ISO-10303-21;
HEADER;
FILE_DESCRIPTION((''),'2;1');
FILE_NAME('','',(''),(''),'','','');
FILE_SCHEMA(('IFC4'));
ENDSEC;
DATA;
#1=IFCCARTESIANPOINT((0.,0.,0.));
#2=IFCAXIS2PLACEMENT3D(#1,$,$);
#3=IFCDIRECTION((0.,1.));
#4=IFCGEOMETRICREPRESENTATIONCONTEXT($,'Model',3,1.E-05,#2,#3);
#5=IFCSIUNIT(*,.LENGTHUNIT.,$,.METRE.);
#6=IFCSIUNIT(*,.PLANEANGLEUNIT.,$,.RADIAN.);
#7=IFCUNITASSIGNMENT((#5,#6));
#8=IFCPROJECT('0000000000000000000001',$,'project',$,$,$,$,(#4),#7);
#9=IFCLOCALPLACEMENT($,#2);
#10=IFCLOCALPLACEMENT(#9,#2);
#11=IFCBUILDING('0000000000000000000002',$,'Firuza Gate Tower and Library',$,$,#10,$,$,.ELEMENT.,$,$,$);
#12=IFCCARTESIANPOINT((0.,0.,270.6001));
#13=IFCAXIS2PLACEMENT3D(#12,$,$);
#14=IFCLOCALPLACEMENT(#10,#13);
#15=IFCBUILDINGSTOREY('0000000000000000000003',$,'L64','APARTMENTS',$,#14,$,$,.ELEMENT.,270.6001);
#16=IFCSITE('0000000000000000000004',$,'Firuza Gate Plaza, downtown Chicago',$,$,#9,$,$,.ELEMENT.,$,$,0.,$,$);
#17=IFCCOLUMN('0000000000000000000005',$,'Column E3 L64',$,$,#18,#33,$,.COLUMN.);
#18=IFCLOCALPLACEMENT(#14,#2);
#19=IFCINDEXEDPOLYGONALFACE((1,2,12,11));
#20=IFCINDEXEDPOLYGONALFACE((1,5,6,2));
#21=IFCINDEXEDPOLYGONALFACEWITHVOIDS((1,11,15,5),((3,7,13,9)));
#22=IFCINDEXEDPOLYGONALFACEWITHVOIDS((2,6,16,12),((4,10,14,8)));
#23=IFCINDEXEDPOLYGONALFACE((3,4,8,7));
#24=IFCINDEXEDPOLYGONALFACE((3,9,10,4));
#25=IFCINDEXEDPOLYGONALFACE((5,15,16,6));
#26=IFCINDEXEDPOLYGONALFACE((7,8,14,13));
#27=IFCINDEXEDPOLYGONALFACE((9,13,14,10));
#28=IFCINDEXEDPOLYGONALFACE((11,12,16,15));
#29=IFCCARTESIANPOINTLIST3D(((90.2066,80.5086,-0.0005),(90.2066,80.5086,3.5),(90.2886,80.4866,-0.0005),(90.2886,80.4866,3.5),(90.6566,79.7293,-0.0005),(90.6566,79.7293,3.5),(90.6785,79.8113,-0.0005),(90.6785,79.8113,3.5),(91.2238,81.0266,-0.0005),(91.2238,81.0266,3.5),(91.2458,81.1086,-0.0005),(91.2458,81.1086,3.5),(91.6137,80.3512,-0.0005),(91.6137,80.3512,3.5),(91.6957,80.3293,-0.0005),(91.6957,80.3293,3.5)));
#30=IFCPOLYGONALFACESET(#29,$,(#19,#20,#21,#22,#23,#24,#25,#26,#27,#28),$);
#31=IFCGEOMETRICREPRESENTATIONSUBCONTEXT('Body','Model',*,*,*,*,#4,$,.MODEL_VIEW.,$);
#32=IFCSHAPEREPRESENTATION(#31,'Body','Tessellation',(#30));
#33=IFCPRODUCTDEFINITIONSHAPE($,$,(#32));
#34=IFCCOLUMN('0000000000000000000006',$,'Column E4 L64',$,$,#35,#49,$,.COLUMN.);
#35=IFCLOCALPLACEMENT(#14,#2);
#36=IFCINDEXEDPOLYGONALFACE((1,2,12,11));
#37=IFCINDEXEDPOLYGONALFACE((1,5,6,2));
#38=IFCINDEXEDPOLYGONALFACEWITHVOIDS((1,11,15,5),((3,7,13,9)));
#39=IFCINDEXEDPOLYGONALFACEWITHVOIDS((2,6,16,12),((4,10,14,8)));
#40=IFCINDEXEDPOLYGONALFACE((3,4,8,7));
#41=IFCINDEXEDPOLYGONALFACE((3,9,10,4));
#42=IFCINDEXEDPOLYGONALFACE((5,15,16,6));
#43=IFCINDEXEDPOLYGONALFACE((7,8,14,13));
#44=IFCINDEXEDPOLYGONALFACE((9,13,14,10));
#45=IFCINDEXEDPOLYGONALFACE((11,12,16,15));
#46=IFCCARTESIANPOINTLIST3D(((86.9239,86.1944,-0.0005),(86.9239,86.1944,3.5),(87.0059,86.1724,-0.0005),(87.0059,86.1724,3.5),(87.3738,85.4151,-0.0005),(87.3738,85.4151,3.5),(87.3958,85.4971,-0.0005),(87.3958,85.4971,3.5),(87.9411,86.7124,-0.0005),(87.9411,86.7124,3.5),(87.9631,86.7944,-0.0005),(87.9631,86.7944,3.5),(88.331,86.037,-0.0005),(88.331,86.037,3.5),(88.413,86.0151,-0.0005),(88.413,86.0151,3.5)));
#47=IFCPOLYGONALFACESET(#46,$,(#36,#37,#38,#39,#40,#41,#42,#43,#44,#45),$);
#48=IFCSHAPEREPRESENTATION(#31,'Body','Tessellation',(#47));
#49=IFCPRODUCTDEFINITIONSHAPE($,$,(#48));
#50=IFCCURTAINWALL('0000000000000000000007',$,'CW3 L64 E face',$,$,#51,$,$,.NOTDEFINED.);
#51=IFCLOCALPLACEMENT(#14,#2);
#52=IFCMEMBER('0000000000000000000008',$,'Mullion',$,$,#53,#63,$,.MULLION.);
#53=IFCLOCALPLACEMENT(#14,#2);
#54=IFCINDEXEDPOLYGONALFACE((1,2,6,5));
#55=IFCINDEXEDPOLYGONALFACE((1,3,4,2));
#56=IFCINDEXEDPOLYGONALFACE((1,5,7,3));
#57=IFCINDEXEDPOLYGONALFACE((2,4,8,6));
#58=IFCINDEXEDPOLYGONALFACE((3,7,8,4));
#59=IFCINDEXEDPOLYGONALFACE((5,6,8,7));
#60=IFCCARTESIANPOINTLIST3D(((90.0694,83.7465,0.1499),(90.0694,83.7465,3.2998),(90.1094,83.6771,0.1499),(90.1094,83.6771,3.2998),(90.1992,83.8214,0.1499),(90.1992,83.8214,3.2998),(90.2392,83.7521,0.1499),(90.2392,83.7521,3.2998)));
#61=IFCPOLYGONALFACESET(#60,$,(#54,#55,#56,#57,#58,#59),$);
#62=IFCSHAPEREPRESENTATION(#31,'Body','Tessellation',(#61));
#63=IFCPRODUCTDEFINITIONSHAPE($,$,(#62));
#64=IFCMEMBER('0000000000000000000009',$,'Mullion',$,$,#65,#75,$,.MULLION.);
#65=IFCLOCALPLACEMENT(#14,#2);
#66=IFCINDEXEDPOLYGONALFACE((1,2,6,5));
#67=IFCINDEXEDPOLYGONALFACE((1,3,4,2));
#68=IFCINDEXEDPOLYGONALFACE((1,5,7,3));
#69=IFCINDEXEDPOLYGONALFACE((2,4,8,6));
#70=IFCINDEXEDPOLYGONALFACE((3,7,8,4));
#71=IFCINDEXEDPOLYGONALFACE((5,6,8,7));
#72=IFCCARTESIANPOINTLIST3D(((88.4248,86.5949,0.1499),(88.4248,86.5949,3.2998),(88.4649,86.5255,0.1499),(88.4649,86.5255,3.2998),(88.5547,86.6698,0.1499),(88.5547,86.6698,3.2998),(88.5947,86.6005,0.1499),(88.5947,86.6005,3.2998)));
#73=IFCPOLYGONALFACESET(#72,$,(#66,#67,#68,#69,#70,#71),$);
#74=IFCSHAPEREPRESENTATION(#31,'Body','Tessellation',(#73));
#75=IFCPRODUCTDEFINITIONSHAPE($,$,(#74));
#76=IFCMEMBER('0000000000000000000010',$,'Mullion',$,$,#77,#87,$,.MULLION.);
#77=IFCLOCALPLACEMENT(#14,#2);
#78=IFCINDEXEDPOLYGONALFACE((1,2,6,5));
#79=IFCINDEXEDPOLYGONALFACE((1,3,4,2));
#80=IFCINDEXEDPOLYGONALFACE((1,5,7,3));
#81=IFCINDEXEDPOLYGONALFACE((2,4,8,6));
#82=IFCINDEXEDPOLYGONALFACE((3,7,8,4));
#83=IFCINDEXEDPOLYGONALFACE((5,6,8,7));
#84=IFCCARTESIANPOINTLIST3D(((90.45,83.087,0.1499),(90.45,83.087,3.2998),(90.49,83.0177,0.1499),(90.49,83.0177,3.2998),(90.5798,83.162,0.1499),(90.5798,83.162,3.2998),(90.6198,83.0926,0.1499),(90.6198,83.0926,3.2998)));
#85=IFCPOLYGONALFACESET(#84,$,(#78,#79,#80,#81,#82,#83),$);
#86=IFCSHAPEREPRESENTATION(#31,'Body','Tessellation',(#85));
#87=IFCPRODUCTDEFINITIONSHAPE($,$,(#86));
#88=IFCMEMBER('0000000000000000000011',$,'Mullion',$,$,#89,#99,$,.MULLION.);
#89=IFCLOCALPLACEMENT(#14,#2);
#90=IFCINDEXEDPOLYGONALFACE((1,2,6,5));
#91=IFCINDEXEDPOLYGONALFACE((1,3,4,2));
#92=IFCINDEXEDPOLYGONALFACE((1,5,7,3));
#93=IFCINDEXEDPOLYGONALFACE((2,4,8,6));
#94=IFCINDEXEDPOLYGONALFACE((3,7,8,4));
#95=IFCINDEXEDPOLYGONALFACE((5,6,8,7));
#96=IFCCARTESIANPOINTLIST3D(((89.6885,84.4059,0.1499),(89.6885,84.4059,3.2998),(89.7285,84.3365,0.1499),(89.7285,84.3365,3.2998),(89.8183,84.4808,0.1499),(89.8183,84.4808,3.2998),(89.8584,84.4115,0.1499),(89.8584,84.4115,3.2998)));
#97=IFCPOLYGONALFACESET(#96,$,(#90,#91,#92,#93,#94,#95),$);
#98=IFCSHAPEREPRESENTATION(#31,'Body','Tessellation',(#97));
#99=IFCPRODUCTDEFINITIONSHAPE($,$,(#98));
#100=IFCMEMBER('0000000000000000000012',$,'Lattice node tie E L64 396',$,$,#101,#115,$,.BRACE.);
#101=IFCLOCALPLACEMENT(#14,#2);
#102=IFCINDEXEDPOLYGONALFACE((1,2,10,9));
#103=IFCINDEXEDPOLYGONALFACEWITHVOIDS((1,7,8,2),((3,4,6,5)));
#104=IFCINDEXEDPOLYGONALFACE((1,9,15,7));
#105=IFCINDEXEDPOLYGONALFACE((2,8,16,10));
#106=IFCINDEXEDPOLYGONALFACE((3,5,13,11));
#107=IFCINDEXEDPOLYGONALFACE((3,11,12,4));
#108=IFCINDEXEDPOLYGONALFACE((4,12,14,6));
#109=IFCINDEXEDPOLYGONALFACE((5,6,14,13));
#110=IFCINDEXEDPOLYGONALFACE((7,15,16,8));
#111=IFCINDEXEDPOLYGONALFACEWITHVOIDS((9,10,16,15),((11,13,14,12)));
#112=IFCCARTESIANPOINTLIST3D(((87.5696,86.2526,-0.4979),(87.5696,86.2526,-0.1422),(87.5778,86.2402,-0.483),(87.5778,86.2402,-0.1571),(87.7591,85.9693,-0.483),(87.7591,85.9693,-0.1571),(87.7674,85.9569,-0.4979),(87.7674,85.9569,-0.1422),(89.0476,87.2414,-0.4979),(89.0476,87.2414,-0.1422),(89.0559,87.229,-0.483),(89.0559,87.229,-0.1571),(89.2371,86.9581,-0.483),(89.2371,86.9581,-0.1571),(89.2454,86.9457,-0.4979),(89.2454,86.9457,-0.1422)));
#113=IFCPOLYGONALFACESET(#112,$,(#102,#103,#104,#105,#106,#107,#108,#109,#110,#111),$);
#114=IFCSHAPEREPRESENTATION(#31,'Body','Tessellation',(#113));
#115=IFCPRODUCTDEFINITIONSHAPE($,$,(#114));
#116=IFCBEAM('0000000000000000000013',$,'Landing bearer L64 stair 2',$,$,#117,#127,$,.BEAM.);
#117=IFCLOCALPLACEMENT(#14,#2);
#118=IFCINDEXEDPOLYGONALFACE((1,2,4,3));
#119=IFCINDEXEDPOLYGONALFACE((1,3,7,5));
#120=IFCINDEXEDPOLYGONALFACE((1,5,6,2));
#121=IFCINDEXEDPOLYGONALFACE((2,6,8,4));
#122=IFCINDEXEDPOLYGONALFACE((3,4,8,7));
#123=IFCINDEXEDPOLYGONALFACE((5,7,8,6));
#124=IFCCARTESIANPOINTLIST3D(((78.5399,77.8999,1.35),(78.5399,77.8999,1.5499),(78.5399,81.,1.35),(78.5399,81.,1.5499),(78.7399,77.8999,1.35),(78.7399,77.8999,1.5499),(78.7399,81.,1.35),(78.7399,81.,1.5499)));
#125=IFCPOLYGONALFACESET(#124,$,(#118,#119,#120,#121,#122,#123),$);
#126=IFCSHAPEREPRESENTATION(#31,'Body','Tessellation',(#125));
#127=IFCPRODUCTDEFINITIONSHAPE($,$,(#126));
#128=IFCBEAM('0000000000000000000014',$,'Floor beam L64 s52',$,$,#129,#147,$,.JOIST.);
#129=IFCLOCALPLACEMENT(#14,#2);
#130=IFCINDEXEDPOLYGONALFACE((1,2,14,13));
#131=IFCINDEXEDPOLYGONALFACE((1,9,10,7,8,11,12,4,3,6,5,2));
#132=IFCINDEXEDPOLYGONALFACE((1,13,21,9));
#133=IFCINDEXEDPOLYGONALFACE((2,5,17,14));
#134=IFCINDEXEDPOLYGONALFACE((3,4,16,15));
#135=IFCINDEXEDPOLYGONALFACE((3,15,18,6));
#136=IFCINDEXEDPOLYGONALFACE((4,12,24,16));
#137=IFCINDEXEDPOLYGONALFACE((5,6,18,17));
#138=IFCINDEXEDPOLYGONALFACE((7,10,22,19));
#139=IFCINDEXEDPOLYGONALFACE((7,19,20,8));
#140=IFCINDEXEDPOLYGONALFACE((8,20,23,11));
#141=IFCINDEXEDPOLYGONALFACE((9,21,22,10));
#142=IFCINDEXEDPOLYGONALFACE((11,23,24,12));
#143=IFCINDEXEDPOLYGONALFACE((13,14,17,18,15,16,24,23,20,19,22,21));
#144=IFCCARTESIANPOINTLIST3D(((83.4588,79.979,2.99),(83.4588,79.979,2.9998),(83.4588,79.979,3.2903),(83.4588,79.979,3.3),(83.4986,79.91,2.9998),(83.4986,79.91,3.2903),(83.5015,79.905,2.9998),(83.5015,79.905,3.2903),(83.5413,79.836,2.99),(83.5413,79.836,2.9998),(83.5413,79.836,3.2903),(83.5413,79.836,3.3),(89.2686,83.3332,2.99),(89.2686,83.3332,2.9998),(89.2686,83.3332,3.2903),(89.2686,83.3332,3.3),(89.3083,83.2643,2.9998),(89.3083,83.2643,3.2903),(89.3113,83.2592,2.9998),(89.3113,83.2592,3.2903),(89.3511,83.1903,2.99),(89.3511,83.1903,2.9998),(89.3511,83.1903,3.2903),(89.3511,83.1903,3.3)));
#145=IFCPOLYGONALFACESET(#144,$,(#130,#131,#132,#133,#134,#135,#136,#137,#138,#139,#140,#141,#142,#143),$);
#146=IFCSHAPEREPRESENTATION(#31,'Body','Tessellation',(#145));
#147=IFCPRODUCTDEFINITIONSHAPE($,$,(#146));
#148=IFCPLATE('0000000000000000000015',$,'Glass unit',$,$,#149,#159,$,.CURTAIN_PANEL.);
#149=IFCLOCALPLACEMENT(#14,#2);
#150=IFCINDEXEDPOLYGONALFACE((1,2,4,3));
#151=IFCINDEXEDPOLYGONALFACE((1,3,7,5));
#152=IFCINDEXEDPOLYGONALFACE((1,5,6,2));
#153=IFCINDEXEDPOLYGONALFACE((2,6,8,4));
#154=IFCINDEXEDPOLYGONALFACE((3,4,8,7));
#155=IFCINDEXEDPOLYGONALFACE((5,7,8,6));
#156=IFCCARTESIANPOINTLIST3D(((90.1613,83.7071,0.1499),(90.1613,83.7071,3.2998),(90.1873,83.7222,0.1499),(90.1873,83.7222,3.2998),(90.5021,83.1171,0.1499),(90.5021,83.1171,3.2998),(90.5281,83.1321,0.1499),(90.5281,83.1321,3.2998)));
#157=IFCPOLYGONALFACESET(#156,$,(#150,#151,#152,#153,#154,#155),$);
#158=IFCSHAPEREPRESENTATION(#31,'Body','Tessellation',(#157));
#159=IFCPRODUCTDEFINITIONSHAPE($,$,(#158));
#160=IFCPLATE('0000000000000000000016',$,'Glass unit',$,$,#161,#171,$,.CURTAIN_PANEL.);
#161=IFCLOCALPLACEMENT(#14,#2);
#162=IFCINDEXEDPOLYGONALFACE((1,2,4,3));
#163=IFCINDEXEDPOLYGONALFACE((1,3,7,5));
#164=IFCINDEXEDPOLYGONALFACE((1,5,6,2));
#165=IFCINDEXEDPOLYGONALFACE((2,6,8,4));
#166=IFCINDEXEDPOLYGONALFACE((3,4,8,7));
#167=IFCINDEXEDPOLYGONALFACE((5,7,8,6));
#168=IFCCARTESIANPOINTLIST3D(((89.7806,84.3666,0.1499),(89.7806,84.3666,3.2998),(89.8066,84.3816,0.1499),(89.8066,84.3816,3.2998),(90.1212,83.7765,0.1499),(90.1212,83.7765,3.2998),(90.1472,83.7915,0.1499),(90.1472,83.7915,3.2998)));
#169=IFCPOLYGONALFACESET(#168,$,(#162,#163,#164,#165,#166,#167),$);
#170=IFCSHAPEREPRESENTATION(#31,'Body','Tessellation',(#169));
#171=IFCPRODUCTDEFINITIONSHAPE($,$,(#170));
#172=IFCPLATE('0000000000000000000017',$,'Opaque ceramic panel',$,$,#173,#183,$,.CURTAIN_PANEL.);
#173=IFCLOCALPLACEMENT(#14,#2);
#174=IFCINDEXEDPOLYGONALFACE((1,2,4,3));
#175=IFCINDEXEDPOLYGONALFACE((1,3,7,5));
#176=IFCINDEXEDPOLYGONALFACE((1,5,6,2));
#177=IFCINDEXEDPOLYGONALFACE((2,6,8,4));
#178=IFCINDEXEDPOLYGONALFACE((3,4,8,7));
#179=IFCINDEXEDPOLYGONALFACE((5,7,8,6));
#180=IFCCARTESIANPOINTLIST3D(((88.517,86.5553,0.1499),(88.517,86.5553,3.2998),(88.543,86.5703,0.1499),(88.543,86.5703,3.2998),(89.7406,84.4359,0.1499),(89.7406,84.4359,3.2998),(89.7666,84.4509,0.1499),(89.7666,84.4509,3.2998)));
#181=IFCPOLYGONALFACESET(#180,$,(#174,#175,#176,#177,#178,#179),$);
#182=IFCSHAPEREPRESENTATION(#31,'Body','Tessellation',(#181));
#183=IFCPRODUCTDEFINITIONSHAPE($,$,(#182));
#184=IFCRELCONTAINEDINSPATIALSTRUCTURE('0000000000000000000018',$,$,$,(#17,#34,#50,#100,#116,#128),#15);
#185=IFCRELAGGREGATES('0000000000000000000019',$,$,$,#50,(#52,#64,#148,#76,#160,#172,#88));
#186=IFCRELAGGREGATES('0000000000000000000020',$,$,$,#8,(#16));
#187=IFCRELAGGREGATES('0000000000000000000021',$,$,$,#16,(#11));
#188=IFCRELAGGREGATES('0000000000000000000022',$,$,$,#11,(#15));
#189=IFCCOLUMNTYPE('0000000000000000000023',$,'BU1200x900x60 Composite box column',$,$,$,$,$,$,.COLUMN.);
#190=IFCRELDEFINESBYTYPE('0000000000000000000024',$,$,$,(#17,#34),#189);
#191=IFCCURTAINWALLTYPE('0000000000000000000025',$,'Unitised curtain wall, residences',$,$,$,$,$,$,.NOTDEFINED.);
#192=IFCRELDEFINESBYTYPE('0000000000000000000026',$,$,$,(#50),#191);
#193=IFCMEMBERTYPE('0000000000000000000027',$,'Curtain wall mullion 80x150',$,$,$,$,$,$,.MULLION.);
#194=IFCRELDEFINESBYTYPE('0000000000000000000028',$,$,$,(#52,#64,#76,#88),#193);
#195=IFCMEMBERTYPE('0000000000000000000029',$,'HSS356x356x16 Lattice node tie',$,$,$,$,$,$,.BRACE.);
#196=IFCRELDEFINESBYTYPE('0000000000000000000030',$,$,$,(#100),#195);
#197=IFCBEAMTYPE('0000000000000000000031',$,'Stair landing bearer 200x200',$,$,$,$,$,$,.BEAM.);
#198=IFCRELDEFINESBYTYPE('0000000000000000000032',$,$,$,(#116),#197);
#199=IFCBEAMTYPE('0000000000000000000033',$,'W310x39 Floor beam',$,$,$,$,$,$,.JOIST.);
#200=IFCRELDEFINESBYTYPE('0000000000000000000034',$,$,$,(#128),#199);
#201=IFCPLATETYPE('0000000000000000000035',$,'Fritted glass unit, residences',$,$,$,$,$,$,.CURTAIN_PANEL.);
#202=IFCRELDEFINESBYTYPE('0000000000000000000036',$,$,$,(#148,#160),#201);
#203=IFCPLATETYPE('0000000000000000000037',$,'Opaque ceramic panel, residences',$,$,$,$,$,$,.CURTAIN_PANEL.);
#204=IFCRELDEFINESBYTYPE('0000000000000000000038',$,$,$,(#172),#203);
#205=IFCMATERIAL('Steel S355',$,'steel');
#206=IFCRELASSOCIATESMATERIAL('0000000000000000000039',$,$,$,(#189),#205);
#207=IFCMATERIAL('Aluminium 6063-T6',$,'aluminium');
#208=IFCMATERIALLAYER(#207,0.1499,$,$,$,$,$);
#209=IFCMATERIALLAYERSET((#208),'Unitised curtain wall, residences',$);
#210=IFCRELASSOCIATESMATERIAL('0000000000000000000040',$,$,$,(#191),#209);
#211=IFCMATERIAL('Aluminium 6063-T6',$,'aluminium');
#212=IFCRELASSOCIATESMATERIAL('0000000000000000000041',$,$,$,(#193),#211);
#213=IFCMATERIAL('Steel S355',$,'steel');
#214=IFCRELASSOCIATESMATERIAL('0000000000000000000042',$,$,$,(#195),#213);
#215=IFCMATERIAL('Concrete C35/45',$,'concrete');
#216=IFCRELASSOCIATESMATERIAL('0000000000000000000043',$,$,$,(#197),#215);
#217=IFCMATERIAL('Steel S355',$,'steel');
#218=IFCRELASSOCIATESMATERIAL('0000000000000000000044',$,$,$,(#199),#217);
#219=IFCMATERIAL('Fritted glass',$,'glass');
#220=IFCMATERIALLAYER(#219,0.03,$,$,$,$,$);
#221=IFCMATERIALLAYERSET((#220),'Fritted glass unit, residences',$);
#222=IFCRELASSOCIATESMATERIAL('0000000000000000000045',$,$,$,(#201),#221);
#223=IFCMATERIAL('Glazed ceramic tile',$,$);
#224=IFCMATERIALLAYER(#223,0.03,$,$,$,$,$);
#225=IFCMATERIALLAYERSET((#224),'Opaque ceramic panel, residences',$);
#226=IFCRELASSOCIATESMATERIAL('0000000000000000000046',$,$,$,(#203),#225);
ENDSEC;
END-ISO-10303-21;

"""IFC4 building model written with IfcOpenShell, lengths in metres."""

from ifc_helpers import new_model, si_unit, direction, frame, origin, origin_2d, place, context, subcontext, project, spatial, polyline, rectangle, hollow_rectangle, i_section, outline, extrude, material, layer, layer_set, material_profile, profile_set, type_object, element, aggregate, save


model = new_model("IFC4")

# Units and contexts
model_context = context("Model", 3, precision=1e-05, world=origin(), true_north=direction((0.0, 1.0)))
body_context = subcontext(model_context, "Body", "Model", "MODEL_VIEW")
ifc_project = project(units=[si_unit("LENGTHUNIT", "METRE"), si_unit("PLANEANGLEUNIT", "RADIAN")], contexts=[model_context])

# Site, building, storey
site_placement = place(None, origin())
site = spatial("IfcSite", under=ifc_project, at=site_placement, Name="Firuza Gate Plaza, downtown Chicago", CompositionType="ELEMENT", RefElevation=0.0)
building_placement = place(site_placement, origin())
building = spatial("IfcBuilding", under=site, at=building_placement, Name="Firuza Gate Tower and Library", CompositionType="ELEMENT")
storey_placement = place(building_placement, frame((0.0, 0.0, 270.6001)))
storey = spatial("IfcBuildingStorey", under=building, at=storey_placement, Name="L64", Description="APARTMENTS", CompositionType="ELEMENT", Elevation=270.6001)

# Columns
ifc_material_1 = material(Name="Steel S355", Category="steel")
ifc_material_profile_1 = material_profile(ifc_material_1, hollow_rectangle(XDim=0.8999, YDim=1.2, WallThickness=0.0601, at=origin_2d()))
ifc_profile_set_1 = profile_set([ifc_material_profile_1], Name="Steel S355")
column_type = type_object("IfcColumnType", Name="BU1200x900x60 Composite box column", PredefinedType="COLUMN", material=ifc_profile_set_1)
for number, where, z_axis, x_axis, name in (
    (1, (90.9512, 80.4189, -0.0005), (0.0, 0.0, 1.0), (-0.5, 0.866025, 0.0), "Column E3 L64"),
    (2, (87.6685, 86.1047, -0.0005), (0.0, 0.0, 1.0), (-0.5, 0.866025, 0.0), "Column E4 L64"),
):
    element("IfcColumn", number, at=place(storey_placement, frame(where, z_axis=z_axis, x_axis=x_axis)), inside=storey, type_object=column_type, Name=name, PredefinedType="COLUMN", context=body_context, shape_type="SweptSolid", body=[
        extrude(hollow_rectangle(XDim=0.8999, YDim=1.2, WallThickness=0.0601, at=origin_2d()), origin(), (0.0, 0.0, 1.0), 3.5005),
    ])

# Curtain wall, members
ifc_material_2 = material(Name="Aluminium 6063-T6", Category="aluminium")
ifc_layer_1 = layer(ifc_material_2, 0.1499)
ifc_layer_set_1 = layer_set([ifc_layer_1], Name="Unitised curtain wall, residences")
curtain_wall_type = type_object("IfcCurtainWallType", Name="Unitised curtain wall, residences", PredefinedType="NOTDEFINED", material=ifc_layer_set_1)
placement = place(storey_placement, origin())
curtain_wall = element("IfcCurtainWall", 3, at=placement, inside=storey, type_object=curtain_wall_type, Name="CW3 L64 E face", PredefinedType="NOTDEFINED")
ifc_material_3 = material(Name="Aluminium 6063-T6", Category="aluminium")
ifc_material_profile_2 = material_profile(ifc_material_3, rectangle(XDim=0.1499, YDim=0.0801, at=origin_2d()))
ifc_profile_set_2 = profile_set([ifc_material_profile_2], Name="Aluminium 6063-T6")
member_type_1 = type_object("IfcMemberType", Name="Curtain wall mullion 80x150", PredefinedType="MULLION", material=ifc_profile_set_2)
member_1_placement = place(storey_placement, frame((90.1543, 83.7493, 0.1499), z_axis=(0.0, 0.0, 1.0), x_axis=(-0.866025, -0.5, 0.0)))
member_1 = element("IfcMember", 4, at=member_1_placement, type_object=member_type_1, Name="Mullion", PredefinedType="MULLION", context=body_context, shape_type="SweptSolid", body=[
    extrude(rectangle(XDim=0.1499, YDim=0.0801, at=origin_2d()), origin(), (0.0, 0.0, 1.0), 3.1499),
])
member_2_placement = place(storey_placement, frame((88.5098, 86.5977, 0.1499), z_axis=(0.0, 0.0, 1.0), x_axis=(-0.866025, -0.5, 0.0)))
member_2 = element("IfcMember", 5, at=member_2_placement, type_object=member_type_1, Name="Mullion", PredefinedType="MULLION", context=body_context, shape_type="SweptSolid", body=[
    extrude(rectangle(XDim=0.1499, YDim=0.0801, at=origin_2d()), origin(), (0.0, 0.0, 1.0), 3.1499),
])
member_3_placement = place(storey_placement, frame((90.5349, 83.0898, 0.1499), z_axis=(0.0, 0.0, 1.0), x_axis=(-0.866025, -0.5, 0.0)))
member_3 = element("IfcMember", 6, at=member_3_placement, type_object=member_type_1, Name="Mullion", PredefinedType="MULLION", context=body_context, shape_type="SweptSolid", body=[
    extrude(rectangle(XDim=0.1499, YDim=0.0801, at=origin_2d()), origin(), (0.0, 0.0, 1.0), 3.1499),
])
member_4_placement = place(storey_placement, frame((89.7734, 84.4087, 0.1499), z_axis=(0.0, 0.0, 1.0), x_axis=(-0.866025, -0.5, 0.0)))
member_4 = element("IfcMember", 7, at=member_4_placement, type_object=member_type_1, Name="Mullion", PredefinedType="MULLION", context=body_context, shape_type="SweptSolid", body=[
    extrude(rectangle(XDim=0.1499, YDim=0.0801, at=origin_2d()), origin(), (0.0, 0.0, 1.0), 3.1499),
])

# Member
ifc_material_4 = material(Name="Steel S355", Category="steel")
ifc_material_profile_3 = material_profile(ifc_material_4, hollow_rectangle(XDim=0.3557, YDim=0.3557, WallThickness=0.0149, at=origin_2d()))
ifc_profile_set_3 = profile_set([ifc_material_profile_3], Name="Steel S355")
member_type_2 = type_object("IfcMemberType", Name="HSS356x356x16 Lattice node tie", PredefinedType="BRACE", material=ifc_profile_set_3)
member_5_placement = place(storey_placement, frame((87.6685, 86.1047, -0.3201), z_axis=(0.831162, 0.55603, 0.0), x_axis=(-0.55603, 0.831162, 0.0)))
element("IfcMember", 8, at=member_5_placement, inside=storey, type_object=member_type_2, Name="Lattice node tie E L64 396", PredefinedType="BRACE", context=body_context, shape_type="SweptSolid", body=[
    extrude(hollow_rectangle(XDim=0.3557, YDim=0.3557, WallThickness=0.0149, at=origin_2d()), origin(), (0.0, 0.0, 1.0), 1.7783),
])

# Beams
ifc_material_5 = material(Name="Concrete C35/45", Category="concrete")
ifc_material_profile_4 = material_profile(ifc_material_5, rectangle(XDim=0.2, YDim=0.2, at=origin_2d()))
ifc_profile_set_4 = profile_set([ifc_material_profile_4], Name="Concrete C35/45")
beam_type_1 = type_object("IfcBeamType", Name="Stair landing bearer 200x200", PredefinedType="BEAM", material=ifc_profile_set_4)
beam_1_placement = place(storey_placement, frame((78.6399, 81.0, 1.45), z_axis=(0.0, -1.0, 0.0), x_axis=(1.0, 0.0, 0.0)))
element("IfcBeam", 9, at=beam_1_placement, inside=storey, type_object=beam_type_1, Name="Landing bearer L64 stair 2", PredefinedType="BEAM", context=body_context, shape_type="SweptSolid", body=[
    extrude(rectangle(XDim=0.2, YDim=0.2, at=origin_2d()), origin(), (0.0, 0.0, 1.0), 3.1001),
])
ifc_material_6 = material(Name="Steel S355", Category="steel")
ifc_material_profile_5 = material_profile(ifc_material_6, i_section(OverallWidth=0.165, OverallDepth=0.3101, WebThickness=0.0059, FlangeThickness=0.0098, at=origin_2d()))
ifc_profile_set_5 = profile_set([ifc_material_profile_5], Name="Steel S355")
beam_type_2 = type_object("IfcBeamType", Name="W310x39 Floor beam", PredefinedType="JOIST", material=ifc_profile_set_5)
beam_2_placement = place(storey_placement, frame((89.3098, 83.2617, 3.145), z_axis=(-0.866029, -0.499994, 0.0), x_axis=(0.499994, -0.866029, 0.0)))
element("IfcBeam", 10, at=beam_2_placement, inside=storey, type_object=beam_type_2, Name="Floor beam L64 s52", PredefinedType="JOIST", context=body_context, shape_type="SweptSolid", body=[
    extrude(i_section(OverallWidth=0.165, OverallDepth=0.3101, WebThickness=0.0059, FlangeThickness=0.0098, at=origin_2d()), origin(), (0.0, 0.0, 1.0), 6.7085),
])

# Plates
ifc_material_7 = material(Name="Fritted glass", Category="glass")
ifc_layer_2 = layer(ifc_material_7, 0.03)
ifc_layer_set_2 = layer_set([ifc_layer_2], Name="Fritted glass unit, residences")
plate_type_1 = type_object("IfcPlateType", Name="Fritted glass unit, residences", PredefinedType="CURTAIN_PANEL", material=ifc_layer_set_2)
plate_1_placement = place(storey_placement, frame((90.5281, 83.1321, 0.1499), z_axis=(0.865941, 0.500146, 0.0), x_axis=(-0.500146, 0.865941, 0.0)))
plate_1 = element("IfcPlate", 11, at=plate_1_placement, type_object=plate_type_1, Name="Glass unit", PredefinedType="CURTAIN_PANEL", context=body_context, shape_type="SweptSolid", body=[
    extrude(outline(polyline([(0.0, 0.0), (0.6814, 0.0), (0.6814, 3.1499), (0.0, 3.1499), (0.0, 0.0)])), origin(), (0.0, 0.0, -1.0), 0.03),
])
plate_2_placement = place(storey_placement, frame((90.1472, 83.7915, 0.1499), z_axis=(0.866096, 0.499878, 0.0), x_axis=(-0.499878, 0.866096, 0.0)))
plate_2 = element("IfcPlate", 12, at=plate_2_placement, type_object=plate_type_1, Name="Glass unit", PredefinedType="CURTAIN_PANEL", context=body_context, shape_type="SweptSolid", body=[
    extrude(outline(polyline([(0.0, 0.0), (0.6813, 0.0), (0.6813, 3.1499), (0.0, 3.1499), (0.0, 0.0)])), origin(), (0.0, 0.0, -1.0), 0.03),
])
ifc_material_8 = material(Name="Glazed ceramic tile")
ifc_layer_3 = layer(ifc_material_8, 0.03)
ifc_layer_set_3 = layer_set([ifc_layer_3], Name="Opaque ceramic panel, residences")
plate_type_2 = type_object("IfcPlateType", Name="Opaque ceramic panel, residences", PredefinedType="CURTAIN_PANEL", material=ifc_layer_set_3)
plate_3_placement = place(storey_placement, frame((89.7666, 84.4509, 0.1499), z_axis=(0.866024, 0.500002, 0.0), x_axis=(-0.500002, 0.866024, 0.0)))
plate_3 = element("IfcPlate", 13, at=plate_3_placement, type_object=plate_type_2, Name="Opaque ceramic panel", PredefinedType="CURTAIN_PANEL", context=body_context, shape_type="SweptSolid", body=[
    extrude(outline(polyline([(0.0, 0.0), (2.4473, 0.0), (2.4473, 3.1499), (0.0, 3.1499), (0.0, 0.0)])), origin(), (0.0, 0.0, -1.0), 0.03),
])
aggregate(curtain_wall, [member_1, member_2, plate_1, member_3, plate_2, plate_3, member_4])

save(model, "model.ifc")
